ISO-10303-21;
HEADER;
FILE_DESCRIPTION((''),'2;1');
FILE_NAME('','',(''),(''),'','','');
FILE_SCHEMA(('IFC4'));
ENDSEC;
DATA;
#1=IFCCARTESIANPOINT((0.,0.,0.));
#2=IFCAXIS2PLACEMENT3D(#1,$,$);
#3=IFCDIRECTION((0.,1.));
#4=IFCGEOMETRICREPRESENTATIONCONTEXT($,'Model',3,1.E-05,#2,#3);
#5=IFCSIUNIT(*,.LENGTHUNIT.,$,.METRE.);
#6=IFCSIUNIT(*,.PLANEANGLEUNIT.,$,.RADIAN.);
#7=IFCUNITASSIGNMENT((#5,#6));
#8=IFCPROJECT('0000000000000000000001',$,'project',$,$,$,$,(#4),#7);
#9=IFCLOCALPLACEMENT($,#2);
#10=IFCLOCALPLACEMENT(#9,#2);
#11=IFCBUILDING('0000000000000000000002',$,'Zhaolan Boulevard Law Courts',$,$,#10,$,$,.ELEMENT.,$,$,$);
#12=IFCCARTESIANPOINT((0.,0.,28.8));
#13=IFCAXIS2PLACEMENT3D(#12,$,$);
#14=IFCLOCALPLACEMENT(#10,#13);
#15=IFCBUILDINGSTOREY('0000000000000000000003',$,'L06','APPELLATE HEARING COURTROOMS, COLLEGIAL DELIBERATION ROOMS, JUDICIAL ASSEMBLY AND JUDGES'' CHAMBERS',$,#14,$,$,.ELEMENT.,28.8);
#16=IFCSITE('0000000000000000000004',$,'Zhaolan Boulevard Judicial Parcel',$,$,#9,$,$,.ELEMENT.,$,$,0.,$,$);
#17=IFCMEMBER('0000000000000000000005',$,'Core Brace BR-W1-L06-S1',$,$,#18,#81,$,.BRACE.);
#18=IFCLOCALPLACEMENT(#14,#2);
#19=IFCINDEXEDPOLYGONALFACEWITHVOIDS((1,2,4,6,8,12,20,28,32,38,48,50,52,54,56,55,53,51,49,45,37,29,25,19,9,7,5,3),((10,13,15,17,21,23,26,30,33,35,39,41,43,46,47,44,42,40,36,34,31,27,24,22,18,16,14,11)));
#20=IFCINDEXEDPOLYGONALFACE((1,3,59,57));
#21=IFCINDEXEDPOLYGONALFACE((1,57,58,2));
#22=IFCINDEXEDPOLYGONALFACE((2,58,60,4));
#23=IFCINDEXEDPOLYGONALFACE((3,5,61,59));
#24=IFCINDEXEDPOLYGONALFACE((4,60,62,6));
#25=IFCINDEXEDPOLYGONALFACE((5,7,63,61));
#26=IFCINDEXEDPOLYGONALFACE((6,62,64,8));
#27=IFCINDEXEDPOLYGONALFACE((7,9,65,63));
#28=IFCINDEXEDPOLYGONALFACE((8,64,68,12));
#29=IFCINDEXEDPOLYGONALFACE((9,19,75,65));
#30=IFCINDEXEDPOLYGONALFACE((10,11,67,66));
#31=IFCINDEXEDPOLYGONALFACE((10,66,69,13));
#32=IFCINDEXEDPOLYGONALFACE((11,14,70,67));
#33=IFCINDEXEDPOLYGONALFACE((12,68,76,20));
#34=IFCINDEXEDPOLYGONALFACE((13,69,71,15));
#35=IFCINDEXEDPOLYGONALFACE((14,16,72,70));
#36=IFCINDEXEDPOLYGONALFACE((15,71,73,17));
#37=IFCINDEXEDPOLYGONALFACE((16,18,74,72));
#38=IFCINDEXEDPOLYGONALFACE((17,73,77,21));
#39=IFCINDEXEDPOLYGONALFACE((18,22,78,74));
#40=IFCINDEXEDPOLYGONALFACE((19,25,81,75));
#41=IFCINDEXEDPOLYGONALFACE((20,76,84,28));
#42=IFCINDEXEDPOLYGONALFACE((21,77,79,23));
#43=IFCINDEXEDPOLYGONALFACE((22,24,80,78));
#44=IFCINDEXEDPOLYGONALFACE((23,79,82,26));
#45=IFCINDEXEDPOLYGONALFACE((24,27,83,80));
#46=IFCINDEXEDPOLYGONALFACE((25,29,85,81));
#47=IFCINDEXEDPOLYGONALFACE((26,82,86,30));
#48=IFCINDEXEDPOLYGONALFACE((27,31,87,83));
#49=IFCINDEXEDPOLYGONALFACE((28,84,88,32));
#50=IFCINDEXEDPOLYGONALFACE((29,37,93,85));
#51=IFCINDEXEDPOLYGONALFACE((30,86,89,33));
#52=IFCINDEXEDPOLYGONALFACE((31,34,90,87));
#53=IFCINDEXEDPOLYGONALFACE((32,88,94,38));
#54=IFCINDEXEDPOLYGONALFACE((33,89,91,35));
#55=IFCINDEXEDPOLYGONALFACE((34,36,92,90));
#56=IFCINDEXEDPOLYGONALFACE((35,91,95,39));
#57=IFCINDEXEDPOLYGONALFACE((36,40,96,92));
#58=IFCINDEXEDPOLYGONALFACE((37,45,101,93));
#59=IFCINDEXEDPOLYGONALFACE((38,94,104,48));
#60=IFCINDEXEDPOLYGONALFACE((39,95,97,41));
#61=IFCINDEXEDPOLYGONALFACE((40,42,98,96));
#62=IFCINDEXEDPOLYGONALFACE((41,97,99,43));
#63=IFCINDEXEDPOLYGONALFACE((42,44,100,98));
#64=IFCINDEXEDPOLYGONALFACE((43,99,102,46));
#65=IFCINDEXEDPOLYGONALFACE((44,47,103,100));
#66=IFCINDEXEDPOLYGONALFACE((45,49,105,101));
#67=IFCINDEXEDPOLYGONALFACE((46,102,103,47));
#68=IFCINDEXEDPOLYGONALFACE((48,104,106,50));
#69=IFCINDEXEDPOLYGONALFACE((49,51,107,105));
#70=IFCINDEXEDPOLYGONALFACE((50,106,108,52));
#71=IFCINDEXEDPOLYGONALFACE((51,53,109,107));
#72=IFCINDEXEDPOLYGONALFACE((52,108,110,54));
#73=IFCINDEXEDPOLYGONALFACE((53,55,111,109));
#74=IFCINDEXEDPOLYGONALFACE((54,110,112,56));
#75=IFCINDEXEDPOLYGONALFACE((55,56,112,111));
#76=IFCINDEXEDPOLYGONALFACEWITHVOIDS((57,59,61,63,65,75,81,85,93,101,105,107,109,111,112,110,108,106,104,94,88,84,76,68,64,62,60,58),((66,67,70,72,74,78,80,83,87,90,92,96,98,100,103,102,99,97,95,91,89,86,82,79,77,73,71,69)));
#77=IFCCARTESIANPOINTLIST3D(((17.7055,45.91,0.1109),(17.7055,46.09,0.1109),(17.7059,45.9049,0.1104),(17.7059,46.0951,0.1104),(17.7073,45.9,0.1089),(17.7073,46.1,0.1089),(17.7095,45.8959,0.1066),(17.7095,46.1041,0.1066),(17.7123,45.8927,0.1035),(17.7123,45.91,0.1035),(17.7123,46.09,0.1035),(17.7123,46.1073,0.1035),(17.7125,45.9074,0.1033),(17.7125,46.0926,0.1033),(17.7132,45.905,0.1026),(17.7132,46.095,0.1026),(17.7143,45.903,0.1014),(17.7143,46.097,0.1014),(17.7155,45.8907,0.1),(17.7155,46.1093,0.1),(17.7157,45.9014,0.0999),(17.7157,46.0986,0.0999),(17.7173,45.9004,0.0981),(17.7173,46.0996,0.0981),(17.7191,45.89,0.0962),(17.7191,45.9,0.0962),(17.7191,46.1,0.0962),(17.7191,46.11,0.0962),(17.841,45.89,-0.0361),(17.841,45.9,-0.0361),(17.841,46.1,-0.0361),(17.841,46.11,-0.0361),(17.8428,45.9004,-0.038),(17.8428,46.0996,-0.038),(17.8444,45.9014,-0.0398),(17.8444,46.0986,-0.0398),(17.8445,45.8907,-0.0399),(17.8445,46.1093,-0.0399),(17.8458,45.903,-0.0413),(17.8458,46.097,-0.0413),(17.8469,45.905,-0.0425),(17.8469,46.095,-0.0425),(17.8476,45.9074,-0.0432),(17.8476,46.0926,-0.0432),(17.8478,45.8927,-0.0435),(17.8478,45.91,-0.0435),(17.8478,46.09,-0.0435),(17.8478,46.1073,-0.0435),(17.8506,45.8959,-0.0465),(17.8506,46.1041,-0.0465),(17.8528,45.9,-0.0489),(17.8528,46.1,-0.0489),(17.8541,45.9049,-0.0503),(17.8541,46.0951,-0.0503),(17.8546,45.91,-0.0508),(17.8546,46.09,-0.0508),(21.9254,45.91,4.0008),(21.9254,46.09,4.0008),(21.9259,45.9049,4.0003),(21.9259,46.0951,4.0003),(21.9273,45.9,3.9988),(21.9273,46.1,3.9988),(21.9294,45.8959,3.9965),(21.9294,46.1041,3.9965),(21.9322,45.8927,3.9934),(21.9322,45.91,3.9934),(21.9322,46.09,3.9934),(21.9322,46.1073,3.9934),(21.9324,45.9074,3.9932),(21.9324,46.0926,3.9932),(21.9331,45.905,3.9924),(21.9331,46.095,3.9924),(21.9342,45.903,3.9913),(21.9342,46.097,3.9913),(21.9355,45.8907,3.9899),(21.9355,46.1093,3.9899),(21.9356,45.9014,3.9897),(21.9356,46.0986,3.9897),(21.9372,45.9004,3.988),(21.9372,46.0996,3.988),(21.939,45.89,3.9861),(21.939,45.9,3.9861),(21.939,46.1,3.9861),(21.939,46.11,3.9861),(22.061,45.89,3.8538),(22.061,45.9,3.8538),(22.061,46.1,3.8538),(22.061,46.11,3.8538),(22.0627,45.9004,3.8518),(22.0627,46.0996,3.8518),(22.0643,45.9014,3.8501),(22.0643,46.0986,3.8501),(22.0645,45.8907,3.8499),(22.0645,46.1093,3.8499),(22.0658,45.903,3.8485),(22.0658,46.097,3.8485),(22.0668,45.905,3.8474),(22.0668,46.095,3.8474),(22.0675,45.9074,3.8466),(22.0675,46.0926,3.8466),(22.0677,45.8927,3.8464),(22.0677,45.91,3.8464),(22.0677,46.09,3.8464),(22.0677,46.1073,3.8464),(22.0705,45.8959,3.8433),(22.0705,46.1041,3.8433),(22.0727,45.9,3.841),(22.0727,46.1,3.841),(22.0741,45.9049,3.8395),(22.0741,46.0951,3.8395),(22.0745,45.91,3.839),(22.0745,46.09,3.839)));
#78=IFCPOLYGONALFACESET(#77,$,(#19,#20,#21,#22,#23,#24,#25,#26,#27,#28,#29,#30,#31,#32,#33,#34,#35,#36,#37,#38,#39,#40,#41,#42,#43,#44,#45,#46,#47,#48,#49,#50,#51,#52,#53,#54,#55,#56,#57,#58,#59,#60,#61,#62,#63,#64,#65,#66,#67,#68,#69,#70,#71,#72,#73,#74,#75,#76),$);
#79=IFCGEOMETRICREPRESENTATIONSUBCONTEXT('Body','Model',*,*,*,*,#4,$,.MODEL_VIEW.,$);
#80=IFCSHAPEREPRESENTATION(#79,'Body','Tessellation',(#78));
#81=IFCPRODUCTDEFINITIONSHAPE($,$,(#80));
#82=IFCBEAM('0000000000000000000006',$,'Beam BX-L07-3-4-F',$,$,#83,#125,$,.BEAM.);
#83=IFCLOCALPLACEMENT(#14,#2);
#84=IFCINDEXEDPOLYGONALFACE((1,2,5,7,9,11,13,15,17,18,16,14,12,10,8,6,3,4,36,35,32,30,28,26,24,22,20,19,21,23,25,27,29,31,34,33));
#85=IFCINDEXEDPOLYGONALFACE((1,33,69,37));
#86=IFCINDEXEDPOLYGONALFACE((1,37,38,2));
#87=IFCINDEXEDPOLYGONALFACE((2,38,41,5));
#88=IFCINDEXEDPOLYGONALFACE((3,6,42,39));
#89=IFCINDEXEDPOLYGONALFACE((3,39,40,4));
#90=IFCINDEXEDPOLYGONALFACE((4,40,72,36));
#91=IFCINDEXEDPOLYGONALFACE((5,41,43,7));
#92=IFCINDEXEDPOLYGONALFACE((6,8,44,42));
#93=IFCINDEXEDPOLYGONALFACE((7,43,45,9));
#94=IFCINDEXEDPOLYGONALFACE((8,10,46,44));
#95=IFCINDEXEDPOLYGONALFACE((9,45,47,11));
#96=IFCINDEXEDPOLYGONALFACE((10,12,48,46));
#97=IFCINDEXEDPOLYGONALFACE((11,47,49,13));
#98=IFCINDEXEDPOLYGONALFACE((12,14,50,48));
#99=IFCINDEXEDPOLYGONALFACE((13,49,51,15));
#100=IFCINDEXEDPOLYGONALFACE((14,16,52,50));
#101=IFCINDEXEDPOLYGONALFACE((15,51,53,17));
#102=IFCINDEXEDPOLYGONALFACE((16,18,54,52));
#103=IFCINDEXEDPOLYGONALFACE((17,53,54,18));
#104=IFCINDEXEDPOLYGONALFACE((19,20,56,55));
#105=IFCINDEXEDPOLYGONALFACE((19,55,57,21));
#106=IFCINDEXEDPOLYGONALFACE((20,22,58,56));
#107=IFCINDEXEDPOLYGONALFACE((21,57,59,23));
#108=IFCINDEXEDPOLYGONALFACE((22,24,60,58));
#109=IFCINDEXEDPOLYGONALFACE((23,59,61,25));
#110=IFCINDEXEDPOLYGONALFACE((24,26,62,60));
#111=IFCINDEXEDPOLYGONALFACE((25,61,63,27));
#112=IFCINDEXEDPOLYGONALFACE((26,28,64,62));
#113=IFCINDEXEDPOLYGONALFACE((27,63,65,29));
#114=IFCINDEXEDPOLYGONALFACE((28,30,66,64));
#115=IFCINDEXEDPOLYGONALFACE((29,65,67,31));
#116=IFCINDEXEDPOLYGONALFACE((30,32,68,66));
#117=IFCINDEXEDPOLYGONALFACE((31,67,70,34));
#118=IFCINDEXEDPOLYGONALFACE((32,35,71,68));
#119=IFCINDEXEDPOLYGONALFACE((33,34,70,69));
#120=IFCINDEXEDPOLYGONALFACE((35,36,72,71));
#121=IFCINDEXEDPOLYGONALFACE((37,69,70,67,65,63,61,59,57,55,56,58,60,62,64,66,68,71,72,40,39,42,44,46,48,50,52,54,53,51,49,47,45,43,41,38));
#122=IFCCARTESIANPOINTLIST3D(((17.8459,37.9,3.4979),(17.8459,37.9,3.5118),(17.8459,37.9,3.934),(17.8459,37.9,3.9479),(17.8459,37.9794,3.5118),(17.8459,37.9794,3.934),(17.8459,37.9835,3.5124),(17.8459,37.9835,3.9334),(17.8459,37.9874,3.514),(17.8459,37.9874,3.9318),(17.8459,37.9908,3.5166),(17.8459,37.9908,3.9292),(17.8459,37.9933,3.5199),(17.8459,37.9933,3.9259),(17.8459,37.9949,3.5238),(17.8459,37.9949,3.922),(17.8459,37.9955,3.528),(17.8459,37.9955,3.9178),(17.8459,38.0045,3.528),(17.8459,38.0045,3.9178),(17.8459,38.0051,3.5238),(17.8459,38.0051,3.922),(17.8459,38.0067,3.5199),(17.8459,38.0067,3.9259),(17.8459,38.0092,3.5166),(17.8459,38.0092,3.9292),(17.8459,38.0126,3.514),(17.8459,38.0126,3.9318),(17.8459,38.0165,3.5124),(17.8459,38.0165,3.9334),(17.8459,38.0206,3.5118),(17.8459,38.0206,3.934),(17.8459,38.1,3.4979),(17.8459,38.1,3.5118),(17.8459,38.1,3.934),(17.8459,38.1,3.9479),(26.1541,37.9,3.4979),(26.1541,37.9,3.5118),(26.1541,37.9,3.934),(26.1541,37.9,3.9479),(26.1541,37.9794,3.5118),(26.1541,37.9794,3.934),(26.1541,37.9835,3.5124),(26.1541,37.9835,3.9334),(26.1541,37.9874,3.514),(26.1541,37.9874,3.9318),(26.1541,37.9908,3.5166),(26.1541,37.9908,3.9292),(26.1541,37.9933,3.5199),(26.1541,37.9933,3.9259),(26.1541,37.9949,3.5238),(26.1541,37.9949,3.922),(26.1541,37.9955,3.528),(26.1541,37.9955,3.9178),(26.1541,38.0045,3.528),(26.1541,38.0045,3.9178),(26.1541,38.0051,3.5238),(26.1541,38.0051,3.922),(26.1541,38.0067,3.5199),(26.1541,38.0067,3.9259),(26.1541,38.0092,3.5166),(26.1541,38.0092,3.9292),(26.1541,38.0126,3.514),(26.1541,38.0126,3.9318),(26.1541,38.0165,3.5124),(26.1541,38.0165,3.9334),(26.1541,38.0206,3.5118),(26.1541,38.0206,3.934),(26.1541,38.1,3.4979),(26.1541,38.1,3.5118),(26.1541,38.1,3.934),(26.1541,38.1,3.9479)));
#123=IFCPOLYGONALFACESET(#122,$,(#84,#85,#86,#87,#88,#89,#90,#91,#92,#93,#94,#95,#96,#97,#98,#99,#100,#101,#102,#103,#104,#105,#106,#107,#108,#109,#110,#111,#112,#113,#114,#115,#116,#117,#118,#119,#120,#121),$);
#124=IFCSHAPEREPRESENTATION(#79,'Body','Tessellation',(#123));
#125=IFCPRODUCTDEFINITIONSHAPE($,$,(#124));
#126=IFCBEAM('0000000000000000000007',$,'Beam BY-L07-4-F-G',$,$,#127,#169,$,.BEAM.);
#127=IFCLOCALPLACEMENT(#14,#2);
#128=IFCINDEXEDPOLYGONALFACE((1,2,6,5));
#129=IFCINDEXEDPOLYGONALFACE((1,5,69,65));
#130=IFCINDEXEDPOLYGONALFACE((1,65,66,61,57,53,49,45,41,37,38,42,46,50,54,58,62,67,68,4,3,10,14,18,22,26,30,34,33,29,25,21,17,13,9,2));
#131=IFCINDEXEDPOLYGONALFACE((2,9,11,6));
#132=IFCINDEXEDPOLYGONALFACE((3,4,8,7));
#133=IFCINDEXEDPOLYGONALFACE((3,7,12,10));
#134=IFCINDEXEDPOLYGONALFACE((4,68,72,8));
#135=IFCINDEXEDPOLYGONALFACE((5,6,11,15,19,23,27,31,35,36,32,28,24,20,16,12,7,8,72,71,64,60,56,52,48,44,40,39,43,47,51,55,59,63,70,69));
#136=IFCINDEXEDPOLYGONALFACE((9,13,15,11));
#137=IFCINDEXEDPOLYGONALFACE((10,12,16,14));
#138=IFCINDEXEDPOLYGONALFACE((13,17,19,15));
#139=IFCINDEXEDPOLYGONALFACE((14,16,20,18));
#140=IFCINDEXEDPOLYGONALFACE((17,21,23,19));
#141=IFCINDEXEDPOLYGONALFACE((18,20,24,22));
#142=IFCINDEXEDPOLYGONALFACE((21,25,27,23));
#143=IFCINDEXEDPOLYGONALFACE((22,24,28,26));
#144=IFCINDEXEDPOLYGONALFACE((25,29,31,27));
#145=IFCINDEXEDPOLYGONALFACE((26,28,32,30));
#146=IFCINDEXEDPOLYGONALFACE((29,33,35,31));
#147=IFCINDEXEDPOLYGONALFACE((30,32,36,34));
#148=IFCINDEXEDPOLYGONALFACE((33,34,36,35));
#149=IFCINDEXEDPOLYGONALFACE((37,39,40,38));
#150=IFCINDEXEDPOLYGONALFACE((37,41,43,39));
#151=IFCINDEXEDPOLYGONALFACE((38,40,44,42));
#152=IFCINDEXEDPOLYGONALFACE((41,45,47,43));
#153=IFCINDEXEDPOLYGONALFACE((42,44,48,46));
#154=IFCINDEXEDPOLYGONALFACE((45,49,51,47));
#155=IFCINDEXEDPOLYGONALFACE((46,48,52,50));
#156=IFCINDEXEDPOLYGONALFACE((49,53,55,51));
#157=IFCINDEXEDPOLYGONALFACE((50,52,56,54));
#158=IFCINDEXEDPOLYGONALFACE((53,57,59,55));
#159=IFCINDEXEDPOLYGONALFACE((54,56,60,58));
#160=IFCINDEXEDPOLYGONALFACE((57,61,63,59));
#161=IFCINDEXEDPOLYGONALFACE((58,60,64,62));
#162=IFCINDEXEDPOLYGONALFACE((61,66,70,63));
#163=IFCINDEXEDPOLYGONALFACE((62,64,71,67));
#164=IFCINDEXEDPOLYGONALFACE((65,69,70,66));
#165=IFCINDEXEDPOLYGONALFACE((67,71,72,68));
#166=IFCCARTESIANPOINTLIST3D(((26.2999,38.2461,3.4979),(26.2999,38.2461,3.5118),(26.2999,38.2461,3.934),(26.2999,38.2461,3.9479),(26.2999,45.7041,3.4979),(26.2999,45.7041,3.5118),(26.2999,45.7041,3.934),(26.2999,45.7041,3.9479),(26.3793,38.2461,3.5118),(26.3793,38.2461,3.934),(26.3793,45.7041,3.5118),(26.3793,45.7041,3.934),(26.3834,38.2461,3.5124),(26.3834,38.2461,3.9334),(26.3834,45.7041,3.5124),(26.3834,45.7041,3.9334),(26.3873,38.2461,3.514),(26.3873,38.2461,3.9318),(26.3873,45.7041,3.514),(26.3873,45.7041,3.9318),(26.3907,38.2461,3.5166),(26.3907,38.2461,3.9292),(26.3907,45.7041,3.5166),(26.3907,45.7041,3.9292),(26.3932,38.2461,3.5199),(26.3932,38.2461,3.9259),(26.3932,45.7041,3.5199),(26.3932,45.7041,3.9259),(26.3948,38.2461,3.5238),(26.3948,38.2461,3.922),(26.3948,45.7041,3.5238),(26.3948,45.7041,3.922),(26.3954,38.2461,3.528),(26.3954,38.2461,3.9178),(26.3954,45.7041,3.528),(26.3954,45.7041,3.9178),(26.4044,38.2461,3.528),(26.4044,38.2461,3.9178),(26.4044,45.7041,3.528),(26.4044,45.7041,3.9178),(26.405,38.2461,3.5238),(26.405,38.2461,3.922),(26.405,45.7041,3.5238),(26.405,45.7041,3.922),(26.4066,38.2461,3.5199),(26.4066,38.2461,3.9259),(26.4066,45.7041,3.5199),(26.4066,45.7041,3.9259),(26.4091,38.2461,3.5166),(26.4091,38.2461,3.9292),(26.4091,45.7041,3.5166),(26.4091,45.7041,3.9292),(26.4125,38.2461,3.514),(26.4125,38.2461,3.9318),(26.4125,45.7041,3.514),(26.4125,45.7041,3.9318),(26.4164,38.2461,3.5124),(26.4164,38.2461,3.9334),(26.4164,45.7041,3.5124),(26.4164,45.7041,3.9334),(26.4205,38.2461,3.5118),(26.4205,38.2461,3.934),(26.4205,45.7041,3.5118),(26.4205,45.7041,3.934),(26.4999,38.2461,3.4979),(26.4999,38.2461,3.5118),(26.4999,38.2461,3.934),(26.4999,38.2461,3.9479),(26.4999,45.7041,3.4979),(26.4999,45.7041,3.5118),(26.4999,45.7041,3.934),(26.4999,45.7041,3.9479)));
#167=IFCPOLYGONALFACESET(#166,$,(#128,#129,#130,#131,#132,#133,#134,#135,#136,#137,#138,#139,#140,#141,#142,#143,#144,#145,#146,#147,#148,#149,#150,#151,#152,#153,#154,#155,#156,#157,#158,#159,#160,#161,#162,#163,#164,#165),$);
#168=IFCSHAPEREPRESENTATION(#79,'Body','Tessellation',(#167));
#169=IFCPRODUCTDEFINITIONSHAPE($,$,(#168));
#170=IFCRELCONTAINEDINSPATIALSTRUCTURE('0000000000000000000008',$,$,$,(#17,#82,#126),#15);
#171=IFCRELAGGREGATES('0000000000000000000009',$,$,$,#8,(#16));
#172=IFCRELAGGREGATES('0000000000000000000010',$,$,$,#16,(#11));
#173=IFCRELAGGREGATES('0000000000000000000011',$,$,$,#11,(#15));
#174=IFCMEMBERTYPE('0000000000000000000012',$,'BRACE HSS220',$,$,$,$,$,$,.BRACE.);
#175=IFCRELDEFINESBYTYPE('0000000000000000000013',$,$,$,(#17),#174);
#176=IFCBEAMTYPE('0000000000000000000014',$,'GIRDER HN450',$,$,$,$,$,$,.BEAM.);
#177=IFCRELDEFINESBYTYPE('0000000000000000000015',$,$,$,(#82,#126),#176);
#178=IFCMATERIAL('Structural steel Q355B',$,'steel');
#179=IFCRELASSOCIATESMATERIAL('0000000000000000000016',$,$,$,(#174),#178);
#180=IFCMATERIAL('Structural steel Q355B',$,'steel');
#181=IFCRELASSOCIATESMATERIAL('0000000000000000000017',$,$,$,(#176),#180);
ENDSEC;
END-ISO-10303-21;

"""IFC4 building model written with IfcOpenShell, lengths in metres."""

from ifc_helpers import new_model, si_unit, direction, frame, origin, origin_2d, place, context, subcontext, project, spatial, hollow_rectangle, i_section, extrude, material, material_profile, profile_set, type_object, element, save


model = new_model("IFC4")

# Units and contexts
model_context = context("Model", 3, precision=1e-05, world=origin(), true_north=direction((0.0, 1.0)))
body_context = subcontext(model_context, "Body", "Model", "MODEL_VIEW")
ifc_project = project(units=[si_unit("LENGTHUNIT", "METRE"), si_unit("PLANEANGLEUNIT", "RADIAN")], contexts=[model_context])

# Site, building, storey
site_placement = place(None, origin())
site = spatial("IfcSite", under=ifc_project, at=site_placement, Name="Zhaolan Boulevard Judicial Parcel", CompositionType="ELEMENT", RefElevation=0.0)
building_placement = place(site_placement, origin())
building = spatial("IfcBuilding", under=site, at=building_placement, Name="Zhaolan Boulevard Law Courts", CompositionType="ELEMENT")
storey_placement = place(building_placement, frame((0.0, 0.0, 28.8)))
storey = spatial("IfcBuildingStorey", under=building, at=storey_placement, Name="L06", Description="APPELLATE HEARING COURTROOMS, COLLEGIAL DELIBERATION ROOMS, JUDICIAL ASSEMBLY AND JUDGES' CHAMBERS", CompositionType="ELEMENT", Elevation=28.8)

# Member
ifc_material_1 = material(Name="Structural steel Q355B", Category="steel")
ifc_material_profile_1 = material_profile(ifc_material_1, hollow_rectangle(XDim=0.22, YDim=0.22, WallThickness=0.01, InnerFilletRadius=0.01, OuterFilletRadius=0.02, at=origin_2d()), Name="HSS220x220x10")
ifc_profile_set_1 = profile_set([ifc_material_profile_1], Name="Structural steel Q355B")
member_type_1 = type_object("IfcMemberType", Name="BRACE HSS220", PredefinedType="BRACE", material=ifc_profile_set_1)
member_1_placement = place(storey_placement, frame((17.78, 46.0, 0.03), z_axis=(0.735278, 0.0, 0.677766), x_axis=(0.0, 1.0, 0.0)))
element("IfcMember", 1, at=member_1_placement, inside=storey, type_object=member_type_1, Name="Core Brace BR-W1-L06-S1", PredefinedType="BRACE", context=body_context, shape_type="SweptSolid", body=[
    extrude(hollow_rectangle(XDim=0.22, YDim=0.22, WallThickness=0.01, InnerFilletRadius=0.01, OuterFilletRadius=0.02, at=origin_2d()), origin(), (0.0, 0.0, 1.0), 5.7393),
])

# Beams
ifc_material_2 = material(Name="Structural steel Q355B", Category="steel")
ifc_material_profile_2 = material_profile(ifc_material_2, i_section(OverallWidth=0.2, OverallDepth=0.45, WebThickness=0.009, FlangeThickness=0.0139, FilletRadius=0.0161, at=origin_2d()), Name="HN450x200")
ifc_profile_set_2 = profile_set([ifc_material_profile_2], Name="Structural steel Q355B")
beam_type_1 = type_object("IfcBeamType", Name="GIRDER HN450", PredefinedType="BEAM", material=ifc_profile_set_2)
beam_1_placement = place(storey_placement, frame((17.8459, 38.0, 3.7229), z_axis=(1.0, 0.0, 0.0), x_axis=(0.0, 1.0, 0.0)))
element("IfcBeam", 2, at=beam_1_placement, inside=storey, type_object=beam_type_1, Name="Beam BX-L07-3-4-F", PredefinedType="BEAM", context=body_context, shape_type="SweptSolid", body=[
    extrude(i_section(OverallWidth=0.2, OverallDepth=0.45, WebThickness=0.009, FlangeThickness=0.0139, FilletRadius=0.0161, at=origin_2d()), origin(), (0.0, 0.0, 1.0), 8.3081),
])
beam_2_placement = place(storey_placement, frame((26.3999, 38.2461, 3.7229), z_axis=(0.0, 1.0, 0.0), x_axis=(-1.0, 0.0, 0.0)))
element("IfcBeam", 3, at=beam_2_placement, inside=storey, type_object=beam_type_1, Name="Beam BY-L07-4-F-G", PredefinedType="BEAM", context=body_context, shape_type="SweptSolid", body=[
    extrude(i_section(OverallWidth=0.2, OverallDepth=0.45, WebThickness=0.009, FlangeThickness=0.0139, FilletRadius=0.0161, at=origin_2d()), origin(), (0.0, 0.0, 1.0), 7.458),
])

save(model, "model.ifc")
